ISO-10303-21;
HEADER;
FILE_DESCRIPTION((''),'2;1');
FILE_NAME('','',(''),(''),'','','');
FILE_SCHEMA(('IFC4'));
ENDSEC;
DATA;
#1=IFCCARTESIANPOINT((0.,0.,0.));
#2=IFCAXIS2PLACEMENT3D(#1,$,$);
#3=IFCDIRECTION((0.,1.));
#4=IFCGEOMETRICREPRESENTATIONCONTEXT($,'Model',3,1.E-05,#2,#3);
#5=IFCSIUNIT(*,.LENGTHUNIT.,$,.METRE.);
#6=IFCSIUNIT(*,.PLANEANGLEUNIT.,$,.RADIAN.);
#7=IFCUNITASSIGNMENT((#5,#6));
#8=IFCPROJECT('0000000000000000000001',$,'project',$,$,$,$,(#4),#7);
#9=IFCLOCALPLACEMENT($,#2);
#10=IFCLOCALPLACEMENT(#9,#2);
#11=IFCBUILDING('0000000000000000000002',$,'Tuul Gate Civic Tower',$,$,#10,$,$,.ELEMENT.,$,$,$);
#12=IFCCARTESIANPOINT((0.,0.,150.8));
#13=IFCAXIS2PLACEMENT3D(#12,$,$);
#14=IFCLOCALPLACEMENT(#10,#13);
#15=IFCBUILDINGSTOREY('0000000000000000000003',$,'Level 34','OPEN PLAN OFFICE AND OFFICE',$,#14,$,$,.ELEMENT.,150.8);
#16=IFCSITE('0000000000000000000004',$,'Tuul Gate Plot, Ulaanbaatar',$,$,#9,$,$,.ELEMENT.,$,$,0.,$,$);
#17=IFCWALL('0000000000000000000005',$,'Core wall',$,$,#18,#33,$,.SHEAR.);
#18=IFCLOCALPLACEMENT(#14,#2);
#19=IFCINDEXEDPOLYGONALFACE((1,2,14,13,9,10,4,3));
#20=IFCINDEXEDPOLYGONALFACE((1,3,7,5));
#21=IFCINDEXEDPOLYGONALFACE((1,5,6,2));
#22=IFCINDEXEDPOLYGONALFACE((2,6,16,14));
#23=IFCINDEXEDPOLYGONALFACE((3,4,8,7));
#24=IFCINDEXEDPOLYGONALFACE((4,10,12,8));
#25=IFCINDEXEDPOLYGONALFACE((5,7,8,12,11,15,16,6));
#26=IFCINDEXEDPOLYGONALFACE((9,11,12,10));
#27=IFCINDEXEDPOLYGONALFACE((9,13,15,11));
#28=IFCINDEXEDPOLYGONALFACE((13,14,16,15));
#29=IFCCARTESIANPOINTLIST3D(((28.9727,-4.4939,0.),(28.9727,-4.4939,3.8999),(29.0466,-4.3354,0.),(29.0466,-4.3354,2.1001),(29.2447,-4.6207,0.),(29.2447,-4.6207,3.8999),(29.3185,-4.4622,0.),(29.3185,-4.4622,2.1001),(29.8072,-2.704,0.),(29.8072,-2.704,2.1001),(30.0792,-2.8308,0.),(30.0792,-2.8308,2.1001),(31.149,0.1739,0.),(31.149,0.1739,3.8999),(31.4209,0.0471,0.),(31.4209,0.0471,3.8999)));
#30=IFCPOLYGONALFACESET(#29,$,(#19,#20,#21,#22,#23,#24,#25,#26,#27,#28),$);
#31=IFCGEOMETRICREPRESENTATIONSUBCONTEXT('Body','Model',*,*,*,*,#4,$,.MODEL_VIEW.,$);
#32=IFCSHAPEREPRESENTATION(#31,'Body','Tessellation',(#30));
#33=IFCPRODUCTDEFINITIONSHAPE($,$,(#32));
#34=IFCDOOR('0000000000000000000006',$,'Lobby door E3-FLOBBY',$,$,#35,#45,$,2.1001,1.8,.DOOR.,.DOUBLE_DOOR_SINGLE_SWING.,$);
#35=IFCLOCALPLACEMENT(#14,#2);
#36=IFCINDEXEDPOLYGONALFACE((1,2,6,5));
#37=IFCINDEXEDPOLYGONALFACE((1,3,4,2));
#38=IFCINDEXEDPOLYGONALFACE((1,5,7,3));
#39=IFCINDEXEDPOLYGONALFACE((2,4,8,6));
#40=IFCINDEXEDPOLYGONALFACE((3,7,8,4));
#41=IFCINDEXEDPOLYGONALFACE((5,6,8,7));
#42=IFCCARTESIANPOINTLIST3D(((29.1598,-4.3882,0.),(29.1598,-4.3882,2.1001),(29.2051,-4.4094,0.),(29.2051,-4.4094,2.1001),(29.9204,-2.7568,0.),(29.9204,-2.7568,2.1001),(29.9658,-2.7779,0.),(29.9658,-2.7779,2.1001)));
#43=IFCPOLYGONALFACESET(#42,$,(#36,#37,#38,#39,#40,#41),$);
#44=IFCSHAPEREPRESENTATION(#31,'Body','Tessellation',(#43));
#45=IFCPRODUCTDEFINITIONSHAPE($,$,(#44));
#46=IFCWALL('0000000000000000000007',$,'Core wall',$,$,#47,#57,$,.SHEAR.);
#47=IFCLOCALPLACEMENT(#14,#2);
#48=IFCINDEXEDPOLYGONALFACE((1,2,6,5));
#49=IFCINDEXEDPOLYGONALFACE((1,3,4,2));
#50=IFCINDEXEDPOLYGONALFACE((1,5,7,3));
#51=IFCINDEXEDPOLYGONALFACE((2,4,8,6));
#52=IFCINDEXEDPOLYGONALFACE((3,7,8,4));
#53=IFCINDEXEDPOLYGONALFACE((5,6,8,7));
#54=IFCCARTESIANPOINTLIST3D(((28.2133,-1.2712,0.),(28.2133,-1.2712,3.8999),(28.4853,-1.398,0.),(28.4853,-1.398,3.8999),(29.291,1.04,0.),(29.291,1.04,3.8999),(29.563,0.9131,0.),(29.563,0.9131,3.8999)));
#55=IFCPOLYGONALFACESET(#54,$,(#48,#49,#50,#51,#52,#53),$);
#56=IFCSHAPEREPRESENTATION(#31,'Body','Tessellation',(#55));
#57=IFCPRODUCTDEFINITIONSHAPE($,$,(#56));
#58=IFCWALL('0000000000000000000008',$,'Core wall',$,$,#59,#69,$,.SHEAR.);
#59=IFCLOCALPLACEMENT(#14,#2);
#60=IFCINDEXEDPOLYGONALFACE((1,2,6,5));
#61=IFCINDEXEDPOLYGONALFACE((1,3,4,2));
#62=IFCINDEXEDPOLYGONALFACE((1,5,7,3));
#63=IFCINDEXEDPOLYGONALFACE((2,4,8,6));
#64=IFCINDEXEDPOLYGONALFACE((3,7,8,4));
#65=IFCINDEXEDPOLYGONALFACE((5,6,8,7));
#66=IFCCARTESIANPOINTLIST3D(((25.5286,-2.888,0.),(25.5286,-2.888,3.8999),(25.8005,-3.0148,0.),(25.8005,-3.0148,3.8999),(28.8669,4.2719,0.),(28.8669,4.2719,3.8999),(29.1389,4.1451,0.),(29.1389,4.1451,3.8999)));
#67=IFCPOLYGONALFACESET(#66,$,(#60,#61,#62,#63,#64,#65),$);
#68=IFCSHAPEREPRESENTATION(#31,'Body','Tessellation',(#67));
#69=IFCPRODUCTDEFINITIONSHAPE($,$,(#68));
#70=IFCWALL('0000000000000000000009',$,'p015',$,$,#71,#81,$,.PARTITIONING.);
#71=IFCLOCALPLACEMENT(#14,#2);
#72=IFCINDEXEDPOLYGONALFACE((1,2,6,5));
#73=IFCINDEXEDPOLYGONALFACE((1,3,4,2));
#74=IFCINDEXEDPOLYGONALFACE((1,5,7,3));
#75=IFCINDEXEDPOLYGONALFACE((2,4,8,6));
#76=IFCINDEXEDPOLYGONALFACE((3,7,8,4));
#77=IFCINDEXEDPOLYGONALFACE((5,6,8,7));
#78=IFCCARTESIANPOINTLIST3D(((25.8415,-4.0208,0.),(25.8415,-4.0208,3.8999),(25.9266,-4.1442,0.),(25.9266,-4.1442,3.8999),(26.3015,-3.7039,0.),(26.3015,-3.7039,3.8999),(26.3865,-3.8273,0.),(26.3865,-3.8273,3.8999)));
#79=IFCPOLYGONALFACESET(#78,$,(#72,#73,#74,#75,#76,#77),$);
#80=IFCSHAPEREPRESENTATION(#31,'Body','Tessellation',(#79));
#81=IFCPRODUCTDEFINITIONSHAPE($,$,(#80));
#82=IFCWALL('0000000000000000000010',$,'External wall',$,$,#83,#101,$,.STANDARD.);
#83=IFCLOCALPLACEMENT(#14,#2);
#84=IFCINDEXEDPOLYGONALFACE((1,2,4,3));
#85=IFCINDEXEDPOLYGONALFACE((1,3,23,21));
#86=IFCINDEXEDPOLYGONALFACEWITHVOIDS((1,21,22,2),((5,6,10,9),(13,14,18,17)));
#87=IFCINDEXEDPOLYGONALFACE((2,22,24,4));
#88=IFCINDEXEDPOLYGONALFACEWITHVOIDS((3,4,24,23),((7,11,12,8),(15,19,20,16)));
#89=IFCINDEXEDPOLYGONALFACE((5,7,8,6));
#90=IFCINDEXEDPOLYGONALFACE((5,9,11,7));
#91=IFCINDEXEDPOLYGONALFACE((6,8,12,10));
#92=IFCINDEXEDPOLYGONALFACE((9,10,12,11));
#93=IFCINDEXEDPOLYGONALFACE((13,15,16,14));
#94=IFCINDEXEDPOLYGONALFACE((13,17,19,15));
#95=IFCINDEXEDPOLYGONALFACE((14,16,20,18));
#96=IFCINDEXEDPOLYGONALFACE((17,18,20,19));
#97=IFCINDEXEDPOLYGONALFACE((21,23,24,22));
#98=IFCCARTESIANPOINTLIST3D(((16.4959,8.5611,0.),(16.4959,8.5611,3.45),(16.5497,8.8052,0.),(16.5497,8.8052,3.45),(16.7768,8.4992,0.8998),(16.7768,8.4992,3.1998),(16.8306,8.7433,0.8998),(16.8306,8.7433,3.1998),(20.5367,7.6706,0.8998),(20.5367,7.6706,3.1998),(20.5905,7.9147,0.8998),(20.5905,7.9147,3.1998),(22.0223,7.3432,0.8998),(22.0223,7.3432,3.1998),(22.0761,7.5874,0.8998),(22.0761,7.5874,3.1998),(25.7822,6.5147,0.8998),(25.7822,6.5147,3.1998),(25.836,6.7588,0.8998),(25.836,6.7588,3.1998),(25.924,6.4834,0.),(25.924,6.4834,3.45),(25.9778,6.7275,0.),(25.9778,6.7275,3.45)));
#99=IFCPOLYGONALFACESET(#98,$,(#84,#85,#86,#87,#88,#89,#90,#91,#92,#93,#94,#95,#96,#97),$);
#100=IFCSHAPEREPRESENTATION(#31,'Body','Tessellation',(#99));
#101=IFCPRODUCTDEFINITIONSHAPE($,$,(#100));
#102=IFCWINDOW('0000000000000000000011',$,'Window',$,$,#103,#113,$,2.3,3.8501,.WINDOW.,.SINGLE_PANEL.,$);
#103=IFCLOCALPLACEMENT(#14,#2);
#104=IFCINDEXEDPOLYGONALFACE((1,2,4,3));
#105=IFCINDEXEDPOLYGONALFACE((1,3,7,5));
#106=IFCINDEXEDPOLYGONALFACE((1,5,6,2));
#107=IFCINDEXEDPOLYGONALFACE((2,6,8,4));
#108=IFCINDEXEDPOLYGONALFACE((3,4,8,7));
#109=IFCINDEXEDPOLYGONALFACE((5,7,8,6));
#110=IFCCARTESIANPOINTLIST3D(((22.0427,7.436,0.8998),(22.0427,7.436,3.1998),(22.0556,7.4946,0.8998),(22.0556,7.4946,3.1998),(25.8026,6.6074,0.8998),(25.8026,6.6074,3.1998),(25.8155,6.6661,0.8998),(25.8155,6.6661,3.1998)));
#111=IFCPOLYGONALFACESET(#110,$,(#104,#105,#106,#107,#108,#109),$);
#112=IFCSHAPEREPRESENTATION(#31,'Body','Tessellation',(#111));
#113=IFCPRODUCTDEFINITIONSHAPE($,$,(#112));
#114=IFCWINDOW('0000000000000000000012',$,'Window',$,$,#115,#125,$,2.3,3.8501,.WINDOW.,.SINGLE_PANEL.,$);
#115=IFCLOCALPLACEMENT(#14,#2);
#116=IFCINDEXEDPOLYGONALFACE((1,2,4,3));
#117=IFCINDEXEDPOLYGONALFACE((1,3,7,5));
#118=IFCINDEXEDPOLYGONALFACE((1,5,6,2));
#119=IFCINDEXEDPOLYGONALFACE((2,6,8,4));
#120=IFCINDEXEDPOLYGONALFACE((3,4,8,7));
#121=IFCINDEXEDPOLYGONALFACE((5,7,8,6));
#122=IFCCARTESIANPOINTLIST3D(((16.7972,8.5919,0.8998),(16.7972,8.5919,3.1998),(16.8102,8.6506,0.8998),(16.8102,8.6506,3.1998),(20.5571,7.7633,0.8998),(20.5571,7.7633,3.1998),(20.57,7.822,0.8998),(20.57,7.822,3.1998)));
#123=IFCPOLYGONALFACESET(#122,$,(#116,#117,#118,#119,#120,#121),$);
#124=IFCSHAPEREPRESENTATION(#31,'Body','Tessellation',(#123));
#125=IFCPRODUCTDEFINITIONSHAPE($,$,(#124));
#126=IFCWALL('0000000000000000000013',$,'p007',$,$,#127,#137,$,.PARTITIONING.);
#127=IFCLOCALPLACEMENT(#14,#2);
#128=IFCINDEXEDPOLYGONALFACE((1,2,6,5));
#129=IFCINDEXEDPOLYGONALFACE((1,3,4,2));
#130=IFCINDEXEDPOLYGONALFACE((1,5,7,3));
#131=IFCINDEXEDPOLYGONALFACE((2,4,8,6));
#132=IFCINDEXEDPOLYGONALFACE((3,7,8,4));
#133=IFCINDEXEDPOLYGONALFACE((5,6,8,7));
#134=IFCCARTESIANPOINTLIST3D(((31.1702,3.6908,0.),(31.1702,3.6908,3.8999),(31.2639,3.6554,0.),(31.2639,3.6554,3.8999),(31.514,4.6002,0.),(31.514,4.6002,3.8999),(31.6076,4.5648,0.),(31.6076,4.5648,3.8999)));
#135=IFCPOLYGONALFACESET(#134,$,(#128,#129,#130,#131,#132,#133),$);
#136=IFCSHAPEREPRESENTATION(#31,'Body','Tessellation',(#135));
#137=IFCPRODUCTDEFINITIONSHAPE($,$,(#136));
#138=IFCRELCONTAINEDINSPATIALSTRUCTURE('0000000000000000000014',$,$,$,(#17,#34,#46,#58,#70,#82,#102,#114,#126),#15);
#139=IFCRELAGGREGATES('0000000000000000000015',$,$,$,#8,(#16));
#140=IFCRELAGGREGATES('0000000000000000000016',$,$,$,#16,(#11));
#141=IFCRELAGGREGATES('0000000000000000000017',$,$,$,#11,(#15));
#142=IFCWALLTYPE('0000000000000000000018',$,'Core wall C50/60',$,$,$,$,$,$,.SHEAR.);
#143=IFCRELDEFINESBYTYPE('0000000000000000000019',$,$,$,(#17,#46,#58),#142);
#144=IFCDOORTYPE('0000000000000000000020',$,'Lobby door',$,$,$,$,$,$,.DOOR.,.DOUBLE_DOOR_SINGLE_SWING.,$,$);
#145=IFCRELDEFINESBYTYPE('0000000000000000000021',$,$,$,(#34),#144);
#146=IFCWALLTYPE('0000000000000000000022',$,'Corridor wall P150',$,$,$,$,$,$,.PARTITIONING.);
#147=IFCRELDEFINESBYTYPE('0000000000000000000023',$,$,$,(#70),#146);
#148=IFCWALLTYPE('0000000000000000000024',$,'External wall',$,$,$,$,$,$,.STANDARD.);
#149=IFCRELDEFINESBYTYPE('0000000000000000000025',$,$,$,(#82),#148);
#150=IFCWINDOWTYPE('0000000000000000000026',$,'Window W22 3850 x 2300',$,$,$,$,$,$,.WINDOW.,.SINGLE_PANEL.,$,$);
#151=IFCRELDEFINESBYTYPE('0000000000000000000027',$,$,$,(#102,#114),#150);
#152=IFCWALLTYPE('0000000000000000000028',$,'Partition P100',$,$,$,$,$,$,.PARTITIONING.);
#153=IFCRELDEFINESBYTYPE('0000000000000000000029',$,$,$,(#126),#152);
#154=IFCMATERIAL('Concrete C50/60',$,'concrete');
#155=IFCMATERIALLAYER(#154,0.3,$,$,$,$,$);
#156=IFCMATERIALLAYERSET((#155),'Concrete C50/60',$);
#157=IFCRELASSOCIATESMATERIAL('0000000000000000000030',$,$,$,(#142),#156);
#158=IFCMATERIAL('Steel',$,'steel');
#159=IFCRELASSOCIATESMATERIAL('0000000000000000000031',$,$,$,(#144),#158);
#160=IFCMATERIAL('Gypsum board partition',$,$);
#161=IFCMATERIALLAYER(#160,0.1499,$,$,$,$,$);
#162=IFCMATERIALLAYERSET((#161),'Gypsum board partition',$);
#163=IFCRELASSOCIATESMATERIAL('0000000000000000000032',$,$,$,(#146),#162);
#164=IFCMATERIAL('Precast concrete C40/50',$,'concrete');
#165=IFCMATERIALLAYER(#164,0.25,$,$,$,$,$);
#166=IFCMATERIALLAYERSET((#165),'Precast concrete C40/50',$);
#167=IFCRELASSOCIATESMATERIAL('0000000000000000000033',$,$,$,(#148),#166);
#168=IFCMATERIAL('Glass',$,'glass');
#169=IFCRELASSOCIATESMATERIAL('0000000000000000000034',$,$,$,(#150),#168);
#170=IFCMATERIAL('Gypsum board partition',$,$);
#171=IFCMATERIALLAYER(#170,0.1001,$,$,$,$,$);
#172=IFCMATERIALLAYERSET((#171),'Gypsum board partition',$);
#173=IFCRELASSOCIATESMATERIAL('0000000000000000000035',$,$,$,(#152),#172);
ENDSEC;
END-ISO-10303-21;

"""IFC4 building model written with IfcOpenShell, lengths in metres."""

from ifc_helpers import new_model, si_unit, direction, frame, frame_2d, origin, place, context, subcontext, project, spatial, rectangle, extrude, material, layer, layer_set, type_object, element, fill, save


model = new_model("IFC4")

# Units and contexts
model_context = context("Model", 3, precision=1e-05, world=origin(), true_north=direction((0.0, 1.0)))
body_context = subcontext(model_context, "Body", "Model", "MODEL_VIEW")
ifc_project = project(units=[si_unit("LENGTHUNIT", "METRE"), si_unit("PLANEANGLEUNIT", "RADIAN")], contexts=[model_context])

# Site, building, storey
site_placement = place(None, origin())
site = spatial("IfcSite", under=ifc_project, at=site_placement, Name="Tuul Gate Plot, Ulaanbaatar", CompositionType="ELEMENT", RefElevation=0.0)
building_placement = place(site_placement, origin())
building = spatial("IfcBuilding", under=site, at=building_placement, Name="Tuul Gate Civic Tower", CompositionType="ELEMENT")
storey_placement = place(building_placement, frame((0.0, 0.0, 150.8)))
storey = spatial("IfcBuildingStorey", under=building, at=storey_placement, Name="Level 34", Description="OPEN PLAN OFFICE AND OFFICE", CompositionType="ELEMENT", Elevation=150.8)

# Shared definitions
ifc_material_1 = material(Name="Concrete C50/60", Category="concrete")
ifc_layer_1 = layer(ifc_material_1, 0.3)
ifc_layer_set_1 = layer_set([ifc_layer_1], Name="Concrete C50/60")
wall_type_1 = type_object("IfcWallType", Name="Core wall C50/60", PredefinedType="SHEAR", material=ifc_layer_set_1)

# Wall, opening, door
wall_1_placement = place(storey_placement, frame((29.1086, -4.5574, 0.0), z_axis=(0.0, 0.0, 1.0), x_axis=(0.422566, 0.906332, 0.0)))
wall_1 = element("IfcWall", 1, at=wall_1_placement, inside=storey, type_object=wall_type_1, Name="Core wall", PredefinedType="SHEAR", context=body_context, shape_type="SweptSolid", body=[
    extrude(rectangle(XDim=5.1501, YDim=0.3, at=frame_2d((2.5752, 0.0))), origin(), (0.0, 0.0, 1.0), 3.8999),
])
opening_1_placement = place(wall_1_placement, frame((0.175, 0.0, 0.0)))
opening_1 = element("IfcOpeningElement", 2, at=opening_1_placement, cuts=wall_1, PredefinedType="OPENING", context=body_context, shape_type="SweptSolid", body=[
    extrude(rectangle(XDim=1.8, YDim=2.1001, at=frame_2d((0.8999, 1.05))), frame((0.0, 0.1602, 0.0), z_axis=(0.0, -1.0, 0.0), x_axis=(1.0, 0.0, 0.0)), (0.0, 0.0, 1.0), 0.3201),
])
ifc_material_2 = material(Name="Steel", Category="steel")
door_type_1 = type_object("IfcDoorType", Name="Lobby door", OperationType="DOUBLE_DOOR_SINGLE_SWING", PredefinedType="DOOR", material=ifc_material_2)
door_1_placement = place(opening_1_placement, frame((1.8, 0.0, 0.0), z_axis=(0.0, 0.0, 1.0), x_axis=(-1.0, 0.0, 0.0)))
door_1 = element("IfcDoor", 3, at=door_1_placement, inside=storey, type_object=door_type_1, Name="Lobby door E3-FLOBBY", OperationType="DOUBLE_DOOR_SINGLE_SWING", OverallHeight=2.1001, OverallWidth=1.8, PredefinedType="DOOR", context=body_context, shape_type="SweptSolid", body=[
    extrude(rectangle(XDim=1.8, YDim=2.1001, at=frame_2d((0.9001, 1.05))), frame((0.0, 0.0249, 0.0), z_axis=(0.0, -1.0, 0.0), x_axis=(1.0, 0.0, 0.0)), (0.0, 0.0, 1.0), 0.05),
])
fill(opening_1, door_1)

# Walls
wall_2_placement = place(storey_placement, frame((28.3494, -1.3345, 0.0), z_axis=(0.0, 0.0, 1.0), x_axis=(0.422613, 0.90631, 0.0)))
element("IfcWall", 4, at=wall_2_placement, inside=storey, type_object=wall_type_1, Name="Core wall", PredefinedType="SHEAR", context=body_context, shape_type="SweptSolid", body=[
    extrude(rectangle(XDim=2.55, YDim=0.3, at=frame_2d((1.2749, 0.0))), origin(), (0.0, 0.0, 1.0), 3.8999),
])
wall_3_placement = place(storey_placement, frame((25.6646, -2.9514, 0.0), z_axis=(0.0, 0.0, 1.0), x_axis=(0.422583, 0.906324, 0.0)))
element("IfcWall", 5, at=wall_3_placement, inside=storey, type_object=wall_type_1, Name="Core wall", PredefinedType="SHEAR", context=body_context, shape_type="SweptSolid", body=[
    extrude(rectangle(XDim=7.8999, YDim=0.3, at=frame_2d((3.95, 0.0))), origin(), (0.0, 0.0, 1.0), 3.8999),
])
ifc_material_3 = material(Name="Gypsum board partition")
ifc_layer_2 = layer(ifc_material_3, 0.1499)
ifc_layer_set_2 = layer_set([ifc_layer_2], Name="Gypsum board partition")
wall_type_2 = type_object("IfcWallType", Name="Corridor wall P150", PredefinedType="PARTITIONING", material=ifc_layer_set_2)
wall_4_placement = place(storey_placement, frame((25.884, -4.0825, 0.0), z_axis=(0.0, 0.0, 1.0), x_axis=(0.82348, 0.567345, 0.0)))
element("IfcWall", 6, at=wall_4_placement, inside=storey, type_object=wall_type_2, Name="p015", PredefinedType="PARTITIONING", context=body_context, shape_type="SweptSolid", body=[
    extrude(rectangle(XDim=0.5586, YDim=0.1499, at=frame_2d((0.2793, 0.0))), origin(), (0.0, 0.0, 1.0), 3.8999),
])

# Wall, openings, windows
ifc_material_4 = material(Name="Precast concrete C40/50", Category="concrete")
ifc_layer_3 = layer(ifc_material_4, 0.25)
ifc_layer_set_3 = layer_set([ifc_layer_3], Name="Precast concrete C40/50")
wall_type_3 = type_object("IfcWallType", Name="External wall", PredefinedType="STANDARD", material=ifc_layer_set_3)
wall_5_placement = place(storey_placement, frame((25.9509, 6.6055, 0.0), z_axis=(0.0, 0.0, 1.0), x_axis=(-0.976569, 0.215206, 0.0)))
wall_5 = element("IfcWall", 7, at=wall_5_placement, inside=storey, type_object=wall_type_3, Name="External wall", PredefinedType="STANDARD", context=body_context, shape_type="SweptSolid", body=[
    extrude(rectangle(XDim=9.6543, YDim=0.25, at=frame_2d((4.8271, 0.0))), origin(), (0.0, 0.0, 1.0), 3.45),
])
opening_2_placement = place(wall_5_placement, frame((0.1453, 0.0, 0.8999)))
opening_2 = element("IfcOpeningElement", 8, at=opening_2_placement, cuts=wall_5, PredefinedType="OPENING", context=body_context, shape_type="SweptSolid", body=[
    extrude(rectangle(XDim=3.8501, YDim=2.3, at=frame_2d((1.925, 1.1499))), frame((0.0, 0.135, 0.0), z_axis=(0.0, -1.0, 0.0), x_axis=(1.0, 0.0, 0.0)), (0.0, 0.0, 1.0), 0.27),
])
opening_3_placement = place(wall_5_placement, frame((5.5166, 0.0, 0.8999)))
opening_3 = element("IfcOpeningElement", 9, at=opening_3_placement, cuts=wall_5, PredefinedType="OPENING", context=body_context, shape_type="SweptSolid", body=[
    extrude(rectangle(XDim=3.8501, YDim=2.3, at=frame_2d((1.925, 1.1499))), frame((0.0, 0.135, 0.0), z_axis=(0.0, -1.0, 0.0), x_axis=(1.0, 0.0, 0.0)), (0.0, 0.0, 1.0), 0.27),
])
ifc_material_5 = material(Name="Glass", Category="glass")
window_type = type_object("IfcWindowType", Name="Window W22 3850 x 2300", PartitioningType="SINGLE_PANEL", PredefinedType="WINDOW", material=ifc_material_5)
window_1_placement = place(opening_2_placement, origin())
window_1 = element("IfcWindow", 10, at=window_1_placement, inside=storey, type_object=window_type, Name="Window", OverallHeight=2.3, OverallWidth=3.8501, PartitioningType="SINGLE_PANEL", PredefinedType="WINDOW", context=body_context, shape_type="SweptSolid", body=[
    extrude(rectangle(XDim=3.8501, YDim=2.3, at=frame_2d((1.925, 1.1499))), frame((0.0, 0.03, 0.0), z_axis=(0.0, -1.0, 0.0), x_axis=(1.0, 0.0, 0.0)), (0.0, 0.0, 1.0), 0.0601),
])
fill(opening_2, window_1)
window_2_placement = place(opening_3_placement, origin())
window_2 = element("IfcWindow", 11, at=window_2_placement, inside=storey, type_object=window_type, Name="Window", OverallHeight=2.3, OverallWidth=3.8501, PartitioningType="SINGLE_PANEL", PredefinedType="WINDOW", context=body_context, shape_type="SweptSolid", body=[
    extrude(rectangle(XDim=3.8501, YDim=2.3, at=frame_2d((1.925, 1.1499))), frame((0.0, 0.03, 0.0), z_axis=(0.0, -1.0, 0.0), x_axis=(1.0, 0.0, 0.0)), (0.0, 0.0, 1.0), 0.0601),
])
fill(opening_3, window_2)

# Wall
ifc_material_6 = material(Name="Gypsum board partition")
ifc_layer_4 = layer(ifc_material_6, 0.1001)
ifc_layer_set_4 = layer_set([ifc_layer_4], Name="Gypsum board partition")
wall_type_4 = type_object("IfcWallType", Name="Partition P100", PredefinedType="PARTITIONING", material=ifc_layer_set_4)
wall_6_placement = place(storey_placement, frame((31.217, 3.6731, 0.0), z_axis=(0.0, 0.0, 1.0), x_axis=(0.353571, 0.935408, 0.0)))
element("IfcWall", 12, at=wall_6_placement, inside=storey, type_object=wall_type_4, Name="p007", PredefinedType="PARTITIONING", context=body_context, shape_type="SweptSolid", body=[
    extrude(rectangle(XDim=0.9722, YDim=0.1001, at=frame_2d((0.4861, 0.0))), origin(), (0.0, 0.0, 1.0), 3.8999),
])

save(model, "model.ifc")
